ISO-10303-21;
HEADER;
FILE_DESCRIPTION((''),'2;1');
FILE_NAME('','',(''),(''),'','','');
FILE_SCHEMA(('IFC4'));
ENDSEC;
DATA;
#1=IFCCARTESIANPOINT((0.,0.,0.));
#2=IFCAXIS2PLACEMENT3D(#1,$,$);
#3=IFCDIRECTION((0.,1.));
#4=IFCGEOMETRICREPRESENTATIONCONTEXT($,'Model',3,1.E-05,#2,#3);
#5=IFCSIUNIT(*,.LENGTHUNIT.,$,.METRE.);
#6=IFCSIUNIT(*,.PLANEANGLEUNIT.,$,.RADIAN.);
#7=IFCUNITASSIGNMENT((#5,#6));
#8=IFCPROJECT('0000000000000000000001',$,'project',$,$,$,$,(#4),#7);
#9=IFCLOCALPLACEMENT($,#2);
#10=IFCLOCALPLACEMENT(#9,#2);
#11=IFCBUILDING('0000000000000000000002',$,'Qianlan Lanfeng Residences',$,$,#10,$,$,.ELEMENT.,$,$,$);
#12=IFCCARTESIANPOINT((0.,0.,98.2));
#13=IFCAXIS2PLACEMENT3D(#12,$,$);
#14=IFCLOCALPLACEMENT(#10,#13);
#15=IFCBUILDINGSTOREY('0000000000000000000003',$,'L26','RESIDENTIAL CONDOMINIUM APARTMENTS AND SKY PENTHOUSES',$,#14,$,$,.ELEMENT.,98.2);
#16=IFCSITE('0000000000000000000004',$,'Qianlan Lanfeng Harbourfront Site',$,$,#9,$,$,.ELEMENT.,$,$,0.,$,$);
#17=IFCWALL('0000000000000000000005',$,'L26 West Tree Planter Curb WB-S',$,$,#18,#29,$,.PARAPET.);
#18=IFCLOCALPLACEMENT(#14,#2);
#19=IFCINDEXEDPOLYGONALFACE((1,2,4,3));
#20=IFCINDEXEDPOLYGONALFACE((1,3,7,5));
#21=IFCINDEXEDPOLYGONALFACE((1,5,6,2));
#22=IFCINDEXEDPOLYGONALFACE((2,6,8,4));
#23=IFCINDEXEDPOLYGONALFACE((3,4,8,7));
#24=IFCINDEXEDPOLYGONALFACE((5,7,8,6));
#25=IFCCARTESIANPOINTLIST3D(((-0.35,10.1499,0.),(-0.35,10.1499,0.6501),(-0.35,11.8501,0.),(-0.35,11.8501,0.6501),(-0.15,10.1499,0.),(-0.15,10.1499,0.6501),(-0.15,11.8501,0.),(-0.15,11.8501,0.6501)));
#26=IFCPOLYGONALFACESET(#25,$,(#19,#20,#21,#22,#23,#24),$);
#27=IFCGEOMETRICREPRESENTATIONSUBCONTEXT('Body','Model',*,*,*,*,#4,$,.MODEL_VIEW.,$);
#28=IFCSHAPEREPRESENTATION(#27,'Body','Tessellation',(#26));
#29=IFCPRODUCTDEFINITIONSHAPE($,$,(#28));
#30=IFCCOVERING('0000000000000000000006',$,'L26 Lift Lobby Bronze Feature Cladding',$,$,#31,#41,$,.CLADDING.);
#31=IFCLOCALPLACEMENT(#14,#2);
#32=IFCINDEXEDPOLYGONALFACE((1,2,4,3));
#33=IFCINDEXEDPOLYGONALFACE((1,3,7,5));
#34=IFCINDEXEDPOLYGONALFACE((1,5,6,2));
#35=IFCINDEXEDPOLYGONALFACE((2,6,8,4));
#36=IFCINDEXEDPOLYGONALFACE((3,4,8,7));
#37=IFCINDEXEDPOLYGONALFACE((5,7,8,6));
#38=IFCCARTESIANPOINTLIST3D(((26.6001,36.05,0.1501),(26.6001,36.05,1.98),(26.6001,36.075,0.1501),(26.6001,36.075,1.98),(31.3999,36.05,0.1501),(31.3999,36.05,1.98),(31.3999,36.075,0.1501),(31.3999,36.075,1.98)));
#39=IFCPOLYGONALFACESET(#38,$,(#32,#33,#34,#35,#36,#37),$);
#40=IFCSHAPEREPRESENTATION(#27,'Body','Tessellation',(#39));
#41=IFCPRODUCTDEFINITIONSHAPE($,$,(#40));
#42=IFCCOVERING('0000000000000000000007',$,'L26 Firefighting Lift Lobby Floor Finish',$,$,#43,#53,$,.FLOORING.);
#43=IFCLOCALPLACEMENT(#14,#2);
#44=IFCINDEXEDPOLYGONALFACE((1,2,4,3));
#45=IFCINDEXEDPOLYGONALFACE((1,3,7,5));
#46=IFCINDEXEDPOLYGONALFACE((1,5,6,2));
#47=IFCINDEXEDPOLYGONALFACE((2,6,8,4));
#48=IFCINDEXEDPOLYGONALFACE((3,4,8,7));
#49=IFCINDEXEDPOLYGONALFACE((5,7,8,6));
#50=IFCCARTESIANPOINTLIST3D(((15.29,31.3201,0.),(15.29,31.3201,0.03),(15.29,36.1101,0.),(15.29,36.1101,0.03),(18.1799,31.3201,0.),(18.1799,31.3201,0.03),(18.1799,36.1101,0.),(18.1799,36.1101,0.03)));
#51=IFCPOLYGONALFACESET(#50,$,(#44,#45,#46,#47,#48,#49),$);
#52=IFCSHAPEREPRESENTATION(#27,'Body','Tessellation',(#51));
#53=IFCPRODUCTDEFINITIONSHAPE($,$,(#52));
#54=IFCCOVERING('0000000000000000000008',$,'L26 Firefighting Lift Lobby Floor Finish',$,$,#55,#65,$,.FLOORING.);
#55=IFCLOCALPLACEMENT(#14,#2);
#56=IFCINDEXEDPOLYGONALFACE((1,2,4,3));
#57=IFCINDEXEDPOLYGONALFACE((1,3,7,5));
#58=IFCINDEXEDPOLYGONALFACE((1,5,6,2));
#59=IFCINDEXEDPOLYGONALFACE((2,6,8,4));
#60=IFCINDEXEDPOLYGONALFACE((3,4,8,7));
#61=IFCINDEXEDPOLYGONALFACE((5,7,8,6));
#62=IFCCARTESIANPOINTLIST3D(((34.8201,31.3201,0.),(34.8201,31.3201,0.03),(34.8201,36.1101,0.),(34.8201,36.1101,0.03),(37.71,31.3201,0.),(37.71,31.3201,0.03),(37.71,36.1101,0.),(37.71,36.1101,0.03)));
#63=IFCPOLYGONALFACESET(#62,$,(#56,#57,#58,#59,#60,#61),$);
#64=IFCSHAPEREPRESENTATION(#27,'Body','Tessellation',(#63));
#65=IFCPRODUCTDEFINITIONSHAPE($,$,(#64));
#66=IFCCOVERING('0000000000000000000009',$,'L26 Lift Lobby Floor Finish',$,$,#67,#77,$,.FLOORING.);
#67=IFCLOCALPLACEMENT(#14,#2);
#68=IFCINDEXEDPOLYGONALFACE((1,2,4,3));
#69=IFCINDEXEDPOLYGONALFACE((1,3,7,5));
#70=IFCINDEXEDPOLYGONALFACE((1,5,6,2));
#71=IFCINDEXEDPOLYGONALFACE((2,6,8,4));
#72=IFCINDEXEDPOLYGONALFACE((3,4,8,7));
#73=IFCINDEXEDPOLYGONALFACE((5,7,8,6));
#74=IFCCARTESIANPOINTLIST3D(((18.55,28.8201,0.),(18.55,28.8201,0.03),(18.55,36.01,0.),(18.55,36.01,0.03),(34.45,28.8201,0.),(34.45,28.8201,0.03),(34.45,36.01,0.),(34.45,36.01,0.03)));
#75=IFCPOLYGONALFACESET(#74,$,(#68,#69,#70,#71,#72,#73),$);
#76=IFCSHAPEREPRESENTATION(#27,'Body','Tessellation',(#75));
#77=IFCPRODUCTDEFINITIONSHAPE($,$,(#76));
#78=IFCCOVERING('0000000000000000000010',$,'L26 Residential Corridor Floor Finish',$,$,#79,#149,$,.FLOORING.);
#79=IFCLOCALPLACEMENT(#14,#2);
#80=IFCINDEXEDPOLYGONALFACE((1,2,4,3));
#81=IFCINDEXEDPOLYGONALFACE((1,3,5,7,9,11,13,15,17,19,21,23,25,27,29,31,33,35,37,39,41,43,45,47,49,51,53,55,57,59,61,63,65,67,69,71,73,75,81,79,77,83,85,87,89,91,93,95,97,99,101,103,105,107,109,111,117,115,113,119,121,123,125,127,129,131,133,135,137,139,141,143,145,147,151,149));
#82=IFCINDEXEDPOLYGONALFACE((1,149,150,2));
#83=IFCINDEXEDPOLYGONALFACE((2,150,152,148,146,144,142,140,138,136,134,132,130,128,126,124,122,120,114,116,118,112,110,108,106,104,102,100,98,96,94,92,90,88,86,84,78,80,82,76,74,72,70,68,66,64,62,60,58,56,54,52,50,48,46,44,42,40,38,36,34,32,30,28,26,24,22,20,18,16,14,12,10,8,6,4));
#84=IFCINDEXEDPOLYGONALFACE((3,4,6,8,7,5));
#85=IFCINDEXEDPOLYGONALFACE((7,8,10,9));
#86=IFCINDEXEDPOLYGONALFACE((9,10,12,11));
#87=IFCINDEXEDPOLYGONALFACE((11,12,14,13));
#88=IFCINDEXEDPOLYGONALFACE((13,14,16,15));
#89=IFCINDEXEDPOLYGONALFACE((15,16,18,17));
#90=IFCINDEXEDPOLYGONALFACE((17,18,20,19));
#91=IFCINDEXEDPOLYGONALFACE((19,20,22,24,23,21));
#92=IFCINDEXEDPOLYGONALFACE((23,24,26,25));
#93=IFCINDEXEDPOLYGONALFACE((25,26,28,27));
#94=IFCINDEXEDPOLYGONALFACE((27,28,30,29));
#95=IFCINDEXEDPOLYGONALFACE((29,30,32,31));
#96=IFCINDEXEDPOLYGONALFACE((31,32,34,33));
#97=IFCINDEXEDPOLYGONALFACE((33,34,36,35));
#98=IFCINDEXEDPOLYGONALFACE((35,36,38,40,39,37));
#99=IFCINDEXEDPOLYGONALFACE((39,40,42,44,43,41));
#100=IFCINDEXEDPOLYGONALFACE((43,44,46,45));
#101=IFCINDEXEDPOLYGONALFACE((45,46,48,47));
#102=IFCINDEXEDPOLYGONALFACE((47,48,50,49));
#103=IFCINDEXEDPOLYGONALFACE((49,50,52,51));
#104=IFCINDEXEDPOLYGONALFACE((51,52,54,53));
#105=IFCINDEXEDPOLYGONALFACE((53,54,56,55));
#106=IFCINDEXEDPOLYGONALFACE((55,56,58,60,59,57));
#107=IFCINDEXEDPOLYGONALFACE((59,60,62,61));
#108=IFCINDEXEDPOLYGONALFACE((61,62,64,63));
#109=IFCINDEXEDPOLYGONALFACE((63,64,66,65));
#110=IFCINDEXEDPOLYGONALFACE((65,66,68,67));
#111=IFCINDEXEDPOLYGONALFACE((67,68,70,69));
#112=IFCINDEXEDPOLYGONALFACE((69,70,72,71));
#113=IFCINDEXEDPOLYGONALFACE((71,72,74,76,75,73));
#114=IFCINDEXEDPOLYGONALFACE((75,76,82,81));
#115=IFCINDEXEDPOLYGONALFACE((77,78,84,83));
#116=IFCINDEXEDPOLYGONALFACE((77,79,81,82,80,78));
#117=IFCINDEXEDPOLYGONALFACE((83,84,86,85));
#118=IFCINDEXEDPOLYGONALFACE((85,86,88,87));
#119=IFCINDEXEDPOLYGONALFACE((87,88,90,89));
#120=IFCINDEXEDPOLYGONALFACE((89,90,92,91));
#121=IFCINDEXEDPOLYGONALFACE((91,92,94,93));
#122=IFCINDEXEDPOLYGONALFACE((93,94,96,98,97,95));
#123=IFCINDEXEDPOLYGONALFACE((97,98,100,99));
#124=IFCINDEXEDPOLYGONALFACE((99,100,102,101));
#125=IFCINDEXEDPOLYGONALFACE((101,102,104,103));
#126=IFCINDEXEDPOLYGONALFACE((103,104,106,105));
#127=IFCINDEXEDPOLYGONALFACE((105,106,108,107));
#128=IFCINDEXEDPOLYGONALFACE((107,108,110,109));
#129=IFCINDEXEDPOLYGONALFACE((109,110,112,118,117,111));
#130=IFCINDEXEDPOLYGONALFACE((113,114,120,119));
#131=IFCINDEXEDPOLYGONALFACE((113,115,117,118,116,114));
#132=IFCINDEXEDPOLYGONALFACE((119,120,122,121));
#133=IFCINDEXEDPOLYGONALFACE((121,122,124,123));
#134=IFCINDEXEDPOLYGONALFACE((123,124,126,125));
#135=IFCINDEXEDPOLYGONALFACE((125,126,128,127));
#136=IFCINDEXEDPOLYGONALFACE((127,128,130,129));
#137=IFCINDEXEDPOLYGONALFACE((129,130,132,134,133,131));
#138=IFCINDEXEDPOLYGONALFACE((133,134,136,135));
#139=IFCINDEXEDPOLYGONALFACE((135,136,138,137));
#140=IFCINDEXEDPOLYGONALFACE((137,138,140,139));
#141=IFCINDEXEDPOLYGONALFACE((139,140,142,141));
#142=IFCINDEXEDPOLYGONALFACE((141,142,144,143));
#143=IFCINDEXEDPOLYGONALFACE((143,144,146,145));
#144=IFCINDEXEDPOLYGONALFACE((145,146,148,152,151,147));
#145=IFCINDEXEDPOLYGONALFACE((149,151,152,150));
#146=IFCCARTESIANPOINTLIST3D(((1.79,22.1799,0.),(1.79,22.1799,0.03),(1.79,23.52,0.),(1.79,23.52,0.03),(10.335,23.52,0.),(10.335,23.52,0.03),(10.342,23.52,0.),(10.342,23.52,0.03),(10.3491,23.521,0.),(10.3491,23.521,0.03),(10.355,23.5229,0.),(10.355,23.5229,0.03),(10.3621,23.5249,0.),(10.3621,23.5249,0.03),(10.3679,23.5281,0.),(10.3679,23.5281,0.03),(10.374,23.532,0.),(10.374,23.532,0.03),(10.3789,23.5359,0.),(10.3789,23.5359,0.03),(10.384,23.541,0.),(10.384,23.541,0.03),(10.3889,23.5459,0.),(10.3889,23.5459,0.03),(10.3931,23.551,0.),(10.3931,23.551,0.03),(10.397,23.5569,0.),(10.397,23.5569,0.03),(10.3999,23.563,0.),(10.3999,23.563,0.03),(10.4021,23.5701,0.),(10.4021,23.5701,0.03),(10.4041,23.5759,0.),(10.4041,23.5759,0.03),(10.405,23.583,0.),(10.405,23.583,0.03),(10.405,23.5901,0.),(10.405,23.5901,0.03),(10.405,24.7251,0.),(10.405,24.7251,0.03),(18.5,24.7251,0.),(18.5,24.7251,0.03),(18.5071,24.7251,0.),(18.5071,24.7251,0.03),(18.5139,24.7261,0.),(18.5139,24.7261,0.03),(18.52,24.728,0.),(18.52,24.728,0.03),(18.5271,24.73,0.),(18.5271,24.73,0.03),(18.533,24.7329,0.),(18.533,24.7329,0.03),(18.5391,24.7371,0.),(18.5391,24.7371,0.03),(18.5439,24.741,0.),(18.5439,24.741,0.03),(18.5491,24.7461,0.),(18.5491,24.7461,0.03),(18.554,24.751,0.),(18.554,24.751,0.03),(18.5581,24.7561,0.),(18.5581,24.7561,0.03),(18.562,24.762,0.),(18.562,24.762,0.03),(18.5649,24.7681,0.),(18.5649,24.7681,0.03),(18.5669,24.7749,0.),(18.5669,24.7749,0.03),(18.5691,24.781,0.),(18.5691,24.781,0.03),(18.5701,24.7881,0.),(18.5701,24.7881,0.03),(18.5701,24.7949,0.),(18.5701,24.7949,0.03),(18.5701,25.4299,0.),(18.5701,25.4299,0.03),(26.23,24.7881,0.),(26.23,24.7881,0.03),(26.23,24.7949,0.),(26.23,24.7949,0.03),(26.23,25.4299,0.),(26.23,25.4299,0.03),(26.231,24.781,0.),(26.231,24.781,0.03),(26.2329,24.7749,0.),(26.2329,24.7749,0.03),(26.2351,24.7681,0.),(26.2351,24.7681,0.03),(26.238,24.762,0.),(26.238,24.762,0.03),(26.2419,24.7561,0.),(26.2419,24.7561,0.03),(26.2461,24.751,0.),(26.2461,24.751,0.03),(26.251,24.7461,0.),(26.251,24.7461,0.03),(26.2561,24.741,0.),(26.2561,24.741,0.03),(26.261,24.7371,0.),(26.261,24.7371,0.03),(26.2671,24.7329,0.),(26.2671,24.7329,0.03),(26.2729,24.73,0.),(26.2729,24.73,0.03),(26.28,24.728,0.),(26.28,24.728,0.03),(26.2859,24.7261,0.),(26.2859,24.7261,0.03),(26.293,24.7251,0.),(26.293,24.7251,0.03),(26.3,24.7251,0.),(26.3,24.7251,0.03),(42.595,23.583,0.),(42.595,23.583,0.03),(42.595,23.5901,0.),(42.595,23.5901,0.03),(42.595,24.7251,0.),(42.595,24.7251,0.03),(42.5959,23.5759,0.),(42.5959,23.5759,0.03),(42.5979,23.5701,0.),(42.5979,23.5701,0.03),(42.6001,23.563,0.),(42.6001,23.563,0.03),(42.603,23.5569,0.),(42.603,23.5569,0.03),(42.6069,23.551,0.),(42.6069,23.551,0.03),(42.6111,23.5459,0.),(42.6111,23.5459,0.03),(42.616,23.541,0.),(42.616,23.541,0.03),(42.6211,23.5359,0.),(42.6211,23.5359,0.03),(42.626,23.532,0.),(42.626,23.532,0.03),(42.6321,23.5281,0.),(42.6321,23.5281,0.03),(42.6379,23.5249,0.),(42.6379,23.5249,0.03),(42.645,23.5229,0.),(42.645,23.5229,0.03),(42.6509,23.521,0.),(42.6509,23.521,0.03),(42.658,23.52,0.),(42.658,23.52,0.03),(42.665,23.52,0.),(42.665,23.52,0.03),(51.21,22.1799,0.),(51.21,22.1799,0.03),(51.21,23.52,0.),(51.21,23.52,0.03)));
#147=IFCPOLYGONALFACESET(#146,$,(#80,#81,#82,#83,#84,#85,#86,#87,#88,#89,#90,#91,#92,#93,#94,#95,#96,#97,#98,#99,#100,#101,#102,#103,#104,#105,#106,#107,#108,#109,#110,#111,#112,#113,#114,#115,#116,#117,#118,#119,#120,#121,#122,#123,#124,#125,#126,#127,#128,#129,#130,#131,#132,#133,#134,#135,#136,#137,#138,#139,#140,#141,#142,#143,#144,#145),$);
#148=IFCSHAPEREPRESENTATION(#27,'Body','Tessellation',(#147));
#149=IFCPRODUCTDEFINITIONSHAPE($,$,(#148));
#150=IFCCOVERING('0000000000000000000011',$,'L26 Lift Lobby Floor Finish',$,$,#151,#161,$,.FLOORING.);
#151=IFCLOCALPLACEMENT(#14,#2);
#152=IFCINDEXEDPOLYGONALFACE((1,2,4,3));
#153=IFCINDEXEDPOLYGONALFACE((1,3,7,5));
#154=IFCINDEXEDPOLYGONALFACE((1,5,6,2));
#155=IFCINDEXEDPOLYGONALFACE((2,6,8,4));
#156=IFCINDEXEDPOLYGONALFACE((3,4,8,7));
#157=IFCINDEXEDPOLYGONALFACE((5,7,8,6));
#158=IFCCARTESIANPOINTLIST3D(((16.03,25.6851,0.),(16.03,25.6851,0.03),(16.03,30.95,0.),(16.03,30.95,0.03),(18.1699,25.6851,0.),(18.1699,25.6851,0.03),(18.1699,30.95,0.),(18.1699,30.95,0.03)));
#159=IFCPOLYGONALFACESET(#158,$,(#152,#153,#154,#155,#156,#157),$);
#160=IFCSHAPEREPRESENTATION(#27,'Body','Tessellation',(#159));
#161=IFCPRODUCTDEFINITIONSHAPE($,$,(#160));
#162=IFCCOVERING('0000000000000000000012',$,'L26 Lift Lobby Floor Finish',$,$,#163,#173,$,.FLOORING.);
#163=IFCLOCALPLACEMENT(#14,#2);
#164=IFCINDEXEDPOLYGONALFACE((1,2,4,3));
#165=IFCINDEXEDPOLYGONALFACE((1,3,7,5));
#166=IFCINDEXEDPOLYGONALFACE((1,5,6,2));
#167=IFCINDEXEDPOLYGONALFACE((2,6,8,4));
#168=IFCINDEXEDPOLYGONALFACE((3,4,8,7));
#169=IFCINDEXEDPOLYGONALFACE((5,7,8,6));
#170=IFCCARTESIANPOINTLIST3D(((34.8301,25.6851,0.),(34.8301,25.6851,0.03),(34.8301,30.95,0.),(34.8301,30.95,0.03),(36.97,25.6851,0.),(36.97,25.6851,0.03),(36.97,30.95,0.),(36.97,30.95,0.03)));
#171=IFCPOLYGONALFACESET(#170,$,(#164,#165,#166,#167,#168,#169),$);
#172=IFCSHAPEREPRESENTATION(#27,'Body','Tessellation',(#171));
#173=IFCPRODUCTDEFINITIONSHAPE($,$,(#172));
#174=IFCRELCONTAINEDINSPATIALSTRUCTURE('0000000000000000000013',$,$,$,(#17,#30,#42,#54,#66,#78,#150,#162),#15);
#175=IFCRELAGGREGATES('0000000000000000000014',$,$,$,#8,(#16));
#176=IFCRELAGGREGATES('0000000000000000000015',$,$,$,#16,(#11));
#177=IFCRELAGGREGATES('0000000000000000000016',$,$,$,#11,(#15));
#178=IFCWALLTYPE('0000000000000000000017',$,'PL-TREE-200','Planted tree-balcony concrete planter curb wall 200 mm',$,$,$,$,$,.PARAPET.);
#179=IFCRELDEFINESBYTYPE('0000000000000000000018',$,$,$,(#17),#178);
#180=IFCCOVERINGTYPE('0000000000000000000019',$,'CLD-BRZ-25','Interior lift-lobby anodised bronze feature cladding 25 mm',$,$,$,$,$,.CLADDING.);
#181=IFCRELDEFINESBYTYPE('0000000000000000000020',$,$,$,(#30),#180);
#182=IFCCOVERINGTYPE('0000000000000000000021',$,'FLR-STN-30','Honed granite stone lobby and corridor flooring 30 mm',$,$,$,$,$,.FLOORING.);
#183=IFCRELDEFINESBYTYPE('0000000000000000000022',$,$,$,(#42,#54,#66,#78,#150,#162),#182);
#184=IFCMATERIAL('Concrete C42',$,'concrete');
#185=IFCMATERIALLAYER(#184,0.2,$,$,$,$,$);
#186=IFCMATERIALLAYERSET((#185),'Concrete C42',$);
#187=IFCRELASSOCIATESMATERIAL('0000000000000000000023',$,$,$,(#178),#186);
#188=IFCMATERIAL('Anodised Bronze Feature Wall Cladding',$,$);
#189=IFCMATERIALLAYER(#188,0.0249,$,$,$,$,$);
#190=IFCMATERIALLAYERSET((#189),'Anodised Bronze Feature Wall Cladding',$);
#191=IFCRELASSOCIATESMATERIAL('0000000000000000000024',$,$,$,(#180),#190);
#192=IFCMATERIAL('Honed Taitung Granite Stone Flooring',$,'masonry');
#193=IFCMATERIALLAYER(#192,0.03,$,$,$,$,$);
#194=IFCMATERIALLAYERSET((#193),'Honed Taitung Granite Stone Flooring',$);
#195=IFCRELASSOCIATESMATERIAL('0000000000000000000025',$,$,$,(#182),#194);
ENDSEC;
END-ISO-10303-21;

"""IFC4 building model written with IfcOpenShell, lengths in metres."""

from ifc_helpers import new_model, si_unit, direction, frame, frame_2d, origin, place, context, subcontext, project, spatial, polyline, rectangle, outline, extrude, material, layer, layer_set, type_object, element, save


model = new_model("IFC4")

# Units and contexts
model_context = context("Model", 3, precision=1e-05, world=origin(), true_north=direction((0.0, 1.0)))
body_context = subcontext(model_context, "Body", "Model", "MODEL_VIEW")
ifc_project = project(units=[si_unit("LENGTHUNIT", "METRE"), si_unit("PLANEANGLEUNIT", "RADIAN")], contexts=[model_context])

# Site, building, storey
site_placement = place(None, origin())
site = spatial("IfcSite", under=ifc_project, at=site_placement, Name="Qianlan Lanfeng Harbourfront Site", CompositionType="ELEMENT", RefElevation=0.0)
building_placement = place(site_placement, origin())
building = spatial("IfcBuilding", under=site, at=building_placement, Name="Qianlan Lanfeng Residences", CompositionType="ELEMENT")
storey_placement = place(building_placement, frame((0.0, 0.0, 98.2)))
storey = spatial("IfcBuildingStorey", under=building, at=storey_placement, Name="L26", Description="RESIDENTIAL CONDOMINIUM APARTMENTS AND SKY PENTHOUSES", CompositionType="ELEMENT", Elevation=98.2)

# Shared definitions
ifc_material_1 = material(Name="Concrete C42", Category="concrete")

# Wall
ifc_layer_1 = layer(ifc_material_1, 0.2)
ifc_layer_set_1 = layer_set([ifc_layer_1], Name="Concrete C42")
wall_type_1 = type_object("IfcWallType", Name="PL-TREE-200", Description="Planted tree-balcony concrete planter curb wall 200 mm", PredefinedType="PARAPET", material=ifc_layer_set_1)
wall_1_placement = place(storey_placement, frame((-0.25, 10.1499, 0.0), z_axis=(0.0, 0.0, 1.0), x_axis=(0.0, 1.0, 0.0)))
element("IfcWall", 1, at=wall_1_placement, inside=storey, type_object=wall_type_1, Name="L26 West Tree Planter Curb WB-S", PredefinedType="PARAPET", context=body_context, shape_type="SweptSolid", body=[
    extrude(rectangle(XDim=1.7002, YDim=0.2, at=frame_2d((0.8501, 0.0))), origin(), (0.0, 0.0, 1.0), 0.6501),
])

# Coverings
ifc_material_2 = material(Name="Anodised Bronze Feature Wall Cladding")
ifc_layer_2 = layer(ifc_material_2, 0.0249)
ifc_layer_set_2 = layer_set([ifc_layer_2], Name="Anodised Bronze Feature Wall Cladding")
covering_type_1 = type_object("IfcCoveringType", Name="CLD-BRZ-25", Description="Interior lift-lobby anodised bronze feature cladding 25 mm", PredefinedType="CLADDING", material=ifc_layer_set_2)
covering_1_placement = place(storey_placement, frame((0.0, 0.0, 0.1501)))
element("IfcCovering", 2, at=covering_1_placement, inside=storey, type_object=covering_type_1, Name="L26 Lift Lobby Bronze Feature Cladding", PredefinedType="CLADDING", context=body_context, shape_type="SweptSolid", body=[
    extrude(outline(polyline([(26.6001, 36.05), (31.3999, 36.05), (31.3999, 36.075), (26.6001, 36.075), (26.6001, 36.05)])), origin(), (0.0, 0.0, 1.0), 1.8298),
])
ifc_material_3 = material(Name="Honed Taitung Granite Stone Flooring", Category="masonry")
ifc_layer_3 = layer(ifc_material_3, 0.03)
ifc_layer_set_3 = layer_set([ifc_layer_3], Name="Honed Taitung Granite Stone Flooring")
covering_type_2 = type_object("IfcCoveringType", Name="FLR-STN-30", Description="Honed granite stone lobby and corridor flooring 30 mm", PredefinedType="FLOORING", material=ifc_layer_set_3)
covering_2_placement = place(storey_placement, origin())
element("IfcCovering", 3, at=covering_2_placement, inside=storey, type_object=covering_type_2, Name="L26 Firefighting Lift Lobby Floor Finish", PredefinedType="FLOORING", context=body_context, shape_type="SweptSolid", body=[
    extrude(outline(polyline([(15.29, 31.3201), (18.1799, 31.3201), (18.1799, 36.1101), (15.29, 36.1101), (15.29, 31.3201)])), origin(), (0.0, 0.0, 1.0), 0.03),
])
covering_3_placement = place(storey_placement, origin())
element("IfcCovering", 4, at=covering_3_placement, inside=storey, type_object=covering_type_2, Name="L26 Firefighting Lift Lobby Floor Finish", PredefinedType="FLOORING", context=body_context, shape_type="SweptSolid", body=[
    extrude(outline(polyline([(34.8201, 31.3201), (37.71, 31.3201), (37.71, 36.1101), (34.8201, 36.1101), (34.8201, 31.3201)])), origin(), (0.0, 0.0, 1.0), 0.03),
])
covering_4_placement = place(storey_placement, origin())
element("IfcCovering", 5, at=covering_4_placement, inside=storey, type_object=covering_type_2, Name="L26 Lift Lobby Floor Finish", PredefinedType="FLOORING", context=body_context, shape_type="SweptSolid", body=[
    extrude(outline(polyline([(18.55, 28.8201), (34.45, 28.8201), (34.45, 36.01), (18.55, 36.01), (18.55, 28.8201)])), origin(), (0.0, 0.0, 1.0), 0.03),
])
covering_5_placement = place(storey_placement, origin())
element("IfcCovering", 6, at=covering_5_placement, inside=storey, type_object=covering_type_2, Name="L26 Residential Corridor Floor Finish", PredefinedType="FLOORING", context=body_context, shape_type="SweptSolid", body=[
    extrude(outline(polyline([(1.79, 22.1799), (51.21, 22.1799), (51.21, 23.52), (42.665, 23.52), (42.658, 23.52), (42.6509, 23.521), (42.645, 23.5229), (42.6379, 23.5249), (42.6321, 23.5281), (42.626, 23.532), (42.6211, 23.5359), (42.616, 23.541), (42.6111, 23.5459), (42.6069, 23.551), (42.603, 23.5569), (42.6001, 23.563), (42.5979, 23.5701), (42.5959, 23.5759), (42.595, 23.583), (42.595, 23.5901), (42.595, 24.7251), (26.3, 24.7251), (26.293, 24.7251), (26.2859, 24.7261), (26.28, 24.728), (26.2729, 24.73), (26.2671, 24.7329), (26.261, 24.7371), (26.2561, 24.741), (26.251, 24.7461), (26.2461, 24.751), (26.2419, 24.7561), (26.238, 24.762), (26.2351, 24.7681), (26.2329, 24.7749), (26.231, 24.781), (26.23, 24.7881), (26.23, 24.7949), (26.23, 25.4299), (18.5701, 25.4299), (18.5701, 24.7949), (18.5701, 24.7881), (18.5691, 24.781), (18.5669, 24.7749), (18.5649, 24.7681), (18.562, 24.762), (18.5581, 24.7561), (18.554, 24.751), (18.5491, 24.7461), (18.5439, 24.741), (18.5391, 24.7371), (18.533, 24.7329), (18.5271, 24.73), (18.52, 24.728), (18.5139, 24.7261), (18.5071, 24.7251), (18.5, 24.7251), (10.405, 24.7251), (10.405, 23.5901), (10.405, 23.583), (10.4041, 23.5759), (10.4021, 23.5701), (10.3999, 23.563), (10.397, 23.5569), (10.3931, 23.551), (10.3889, 23.5459), (10.384, 23.541), (10.3789, 23.5359), (10.374, 23.532), (10.3679, 23.5281), (10.3621, 23.5249), (10.355, 23.5229), (10.3491, 23.521), (10.342, 23.52), (10.335, 23.52), (1.79, 23.52), (1.79, 22.1799)])), origin(), (0.0, 0.0, 1.0), 0.03),
])
covering_6_placement = place(storey_placement, origin())
element("IfcCovering", 7, at=covering_6_placement, inside=storey, type_object=covering_type_2, Name="L26 Lift Lobby Floor Finish", PredefinedType="FLOORING", context=body_context, shape_type="SweptSolid", body=[
    extrude(outline(polyline([(16.03, 25.6851), (18.1699, 25.6851), (18.1699, 30.95), (16.03, 30.95), (16.03, 25.6851)])), origin(), (0.0, 0.0, 1.0), 0.03),
])
covering_7_placement = place(storey_placement, origin())
element("IfcCovering", 8, at=covering_7_placement, inside=storey, type_object=covering_type_2, Name="L26 Lift Lobby Floor Finish", PredefinedType="FLOORING", context=body_context, shape_type="SweptSolid", body=[
    extrude(outline(polyline([(34.8301, 25.6851), (36.97, 25.6851), (36.97, 30.95), (34.8301, 30.95), (34.8301, 25.6851)])), origin(), (0.0, 0.0, 1.0), 0.03),
])

save(model, "model.ifc")
